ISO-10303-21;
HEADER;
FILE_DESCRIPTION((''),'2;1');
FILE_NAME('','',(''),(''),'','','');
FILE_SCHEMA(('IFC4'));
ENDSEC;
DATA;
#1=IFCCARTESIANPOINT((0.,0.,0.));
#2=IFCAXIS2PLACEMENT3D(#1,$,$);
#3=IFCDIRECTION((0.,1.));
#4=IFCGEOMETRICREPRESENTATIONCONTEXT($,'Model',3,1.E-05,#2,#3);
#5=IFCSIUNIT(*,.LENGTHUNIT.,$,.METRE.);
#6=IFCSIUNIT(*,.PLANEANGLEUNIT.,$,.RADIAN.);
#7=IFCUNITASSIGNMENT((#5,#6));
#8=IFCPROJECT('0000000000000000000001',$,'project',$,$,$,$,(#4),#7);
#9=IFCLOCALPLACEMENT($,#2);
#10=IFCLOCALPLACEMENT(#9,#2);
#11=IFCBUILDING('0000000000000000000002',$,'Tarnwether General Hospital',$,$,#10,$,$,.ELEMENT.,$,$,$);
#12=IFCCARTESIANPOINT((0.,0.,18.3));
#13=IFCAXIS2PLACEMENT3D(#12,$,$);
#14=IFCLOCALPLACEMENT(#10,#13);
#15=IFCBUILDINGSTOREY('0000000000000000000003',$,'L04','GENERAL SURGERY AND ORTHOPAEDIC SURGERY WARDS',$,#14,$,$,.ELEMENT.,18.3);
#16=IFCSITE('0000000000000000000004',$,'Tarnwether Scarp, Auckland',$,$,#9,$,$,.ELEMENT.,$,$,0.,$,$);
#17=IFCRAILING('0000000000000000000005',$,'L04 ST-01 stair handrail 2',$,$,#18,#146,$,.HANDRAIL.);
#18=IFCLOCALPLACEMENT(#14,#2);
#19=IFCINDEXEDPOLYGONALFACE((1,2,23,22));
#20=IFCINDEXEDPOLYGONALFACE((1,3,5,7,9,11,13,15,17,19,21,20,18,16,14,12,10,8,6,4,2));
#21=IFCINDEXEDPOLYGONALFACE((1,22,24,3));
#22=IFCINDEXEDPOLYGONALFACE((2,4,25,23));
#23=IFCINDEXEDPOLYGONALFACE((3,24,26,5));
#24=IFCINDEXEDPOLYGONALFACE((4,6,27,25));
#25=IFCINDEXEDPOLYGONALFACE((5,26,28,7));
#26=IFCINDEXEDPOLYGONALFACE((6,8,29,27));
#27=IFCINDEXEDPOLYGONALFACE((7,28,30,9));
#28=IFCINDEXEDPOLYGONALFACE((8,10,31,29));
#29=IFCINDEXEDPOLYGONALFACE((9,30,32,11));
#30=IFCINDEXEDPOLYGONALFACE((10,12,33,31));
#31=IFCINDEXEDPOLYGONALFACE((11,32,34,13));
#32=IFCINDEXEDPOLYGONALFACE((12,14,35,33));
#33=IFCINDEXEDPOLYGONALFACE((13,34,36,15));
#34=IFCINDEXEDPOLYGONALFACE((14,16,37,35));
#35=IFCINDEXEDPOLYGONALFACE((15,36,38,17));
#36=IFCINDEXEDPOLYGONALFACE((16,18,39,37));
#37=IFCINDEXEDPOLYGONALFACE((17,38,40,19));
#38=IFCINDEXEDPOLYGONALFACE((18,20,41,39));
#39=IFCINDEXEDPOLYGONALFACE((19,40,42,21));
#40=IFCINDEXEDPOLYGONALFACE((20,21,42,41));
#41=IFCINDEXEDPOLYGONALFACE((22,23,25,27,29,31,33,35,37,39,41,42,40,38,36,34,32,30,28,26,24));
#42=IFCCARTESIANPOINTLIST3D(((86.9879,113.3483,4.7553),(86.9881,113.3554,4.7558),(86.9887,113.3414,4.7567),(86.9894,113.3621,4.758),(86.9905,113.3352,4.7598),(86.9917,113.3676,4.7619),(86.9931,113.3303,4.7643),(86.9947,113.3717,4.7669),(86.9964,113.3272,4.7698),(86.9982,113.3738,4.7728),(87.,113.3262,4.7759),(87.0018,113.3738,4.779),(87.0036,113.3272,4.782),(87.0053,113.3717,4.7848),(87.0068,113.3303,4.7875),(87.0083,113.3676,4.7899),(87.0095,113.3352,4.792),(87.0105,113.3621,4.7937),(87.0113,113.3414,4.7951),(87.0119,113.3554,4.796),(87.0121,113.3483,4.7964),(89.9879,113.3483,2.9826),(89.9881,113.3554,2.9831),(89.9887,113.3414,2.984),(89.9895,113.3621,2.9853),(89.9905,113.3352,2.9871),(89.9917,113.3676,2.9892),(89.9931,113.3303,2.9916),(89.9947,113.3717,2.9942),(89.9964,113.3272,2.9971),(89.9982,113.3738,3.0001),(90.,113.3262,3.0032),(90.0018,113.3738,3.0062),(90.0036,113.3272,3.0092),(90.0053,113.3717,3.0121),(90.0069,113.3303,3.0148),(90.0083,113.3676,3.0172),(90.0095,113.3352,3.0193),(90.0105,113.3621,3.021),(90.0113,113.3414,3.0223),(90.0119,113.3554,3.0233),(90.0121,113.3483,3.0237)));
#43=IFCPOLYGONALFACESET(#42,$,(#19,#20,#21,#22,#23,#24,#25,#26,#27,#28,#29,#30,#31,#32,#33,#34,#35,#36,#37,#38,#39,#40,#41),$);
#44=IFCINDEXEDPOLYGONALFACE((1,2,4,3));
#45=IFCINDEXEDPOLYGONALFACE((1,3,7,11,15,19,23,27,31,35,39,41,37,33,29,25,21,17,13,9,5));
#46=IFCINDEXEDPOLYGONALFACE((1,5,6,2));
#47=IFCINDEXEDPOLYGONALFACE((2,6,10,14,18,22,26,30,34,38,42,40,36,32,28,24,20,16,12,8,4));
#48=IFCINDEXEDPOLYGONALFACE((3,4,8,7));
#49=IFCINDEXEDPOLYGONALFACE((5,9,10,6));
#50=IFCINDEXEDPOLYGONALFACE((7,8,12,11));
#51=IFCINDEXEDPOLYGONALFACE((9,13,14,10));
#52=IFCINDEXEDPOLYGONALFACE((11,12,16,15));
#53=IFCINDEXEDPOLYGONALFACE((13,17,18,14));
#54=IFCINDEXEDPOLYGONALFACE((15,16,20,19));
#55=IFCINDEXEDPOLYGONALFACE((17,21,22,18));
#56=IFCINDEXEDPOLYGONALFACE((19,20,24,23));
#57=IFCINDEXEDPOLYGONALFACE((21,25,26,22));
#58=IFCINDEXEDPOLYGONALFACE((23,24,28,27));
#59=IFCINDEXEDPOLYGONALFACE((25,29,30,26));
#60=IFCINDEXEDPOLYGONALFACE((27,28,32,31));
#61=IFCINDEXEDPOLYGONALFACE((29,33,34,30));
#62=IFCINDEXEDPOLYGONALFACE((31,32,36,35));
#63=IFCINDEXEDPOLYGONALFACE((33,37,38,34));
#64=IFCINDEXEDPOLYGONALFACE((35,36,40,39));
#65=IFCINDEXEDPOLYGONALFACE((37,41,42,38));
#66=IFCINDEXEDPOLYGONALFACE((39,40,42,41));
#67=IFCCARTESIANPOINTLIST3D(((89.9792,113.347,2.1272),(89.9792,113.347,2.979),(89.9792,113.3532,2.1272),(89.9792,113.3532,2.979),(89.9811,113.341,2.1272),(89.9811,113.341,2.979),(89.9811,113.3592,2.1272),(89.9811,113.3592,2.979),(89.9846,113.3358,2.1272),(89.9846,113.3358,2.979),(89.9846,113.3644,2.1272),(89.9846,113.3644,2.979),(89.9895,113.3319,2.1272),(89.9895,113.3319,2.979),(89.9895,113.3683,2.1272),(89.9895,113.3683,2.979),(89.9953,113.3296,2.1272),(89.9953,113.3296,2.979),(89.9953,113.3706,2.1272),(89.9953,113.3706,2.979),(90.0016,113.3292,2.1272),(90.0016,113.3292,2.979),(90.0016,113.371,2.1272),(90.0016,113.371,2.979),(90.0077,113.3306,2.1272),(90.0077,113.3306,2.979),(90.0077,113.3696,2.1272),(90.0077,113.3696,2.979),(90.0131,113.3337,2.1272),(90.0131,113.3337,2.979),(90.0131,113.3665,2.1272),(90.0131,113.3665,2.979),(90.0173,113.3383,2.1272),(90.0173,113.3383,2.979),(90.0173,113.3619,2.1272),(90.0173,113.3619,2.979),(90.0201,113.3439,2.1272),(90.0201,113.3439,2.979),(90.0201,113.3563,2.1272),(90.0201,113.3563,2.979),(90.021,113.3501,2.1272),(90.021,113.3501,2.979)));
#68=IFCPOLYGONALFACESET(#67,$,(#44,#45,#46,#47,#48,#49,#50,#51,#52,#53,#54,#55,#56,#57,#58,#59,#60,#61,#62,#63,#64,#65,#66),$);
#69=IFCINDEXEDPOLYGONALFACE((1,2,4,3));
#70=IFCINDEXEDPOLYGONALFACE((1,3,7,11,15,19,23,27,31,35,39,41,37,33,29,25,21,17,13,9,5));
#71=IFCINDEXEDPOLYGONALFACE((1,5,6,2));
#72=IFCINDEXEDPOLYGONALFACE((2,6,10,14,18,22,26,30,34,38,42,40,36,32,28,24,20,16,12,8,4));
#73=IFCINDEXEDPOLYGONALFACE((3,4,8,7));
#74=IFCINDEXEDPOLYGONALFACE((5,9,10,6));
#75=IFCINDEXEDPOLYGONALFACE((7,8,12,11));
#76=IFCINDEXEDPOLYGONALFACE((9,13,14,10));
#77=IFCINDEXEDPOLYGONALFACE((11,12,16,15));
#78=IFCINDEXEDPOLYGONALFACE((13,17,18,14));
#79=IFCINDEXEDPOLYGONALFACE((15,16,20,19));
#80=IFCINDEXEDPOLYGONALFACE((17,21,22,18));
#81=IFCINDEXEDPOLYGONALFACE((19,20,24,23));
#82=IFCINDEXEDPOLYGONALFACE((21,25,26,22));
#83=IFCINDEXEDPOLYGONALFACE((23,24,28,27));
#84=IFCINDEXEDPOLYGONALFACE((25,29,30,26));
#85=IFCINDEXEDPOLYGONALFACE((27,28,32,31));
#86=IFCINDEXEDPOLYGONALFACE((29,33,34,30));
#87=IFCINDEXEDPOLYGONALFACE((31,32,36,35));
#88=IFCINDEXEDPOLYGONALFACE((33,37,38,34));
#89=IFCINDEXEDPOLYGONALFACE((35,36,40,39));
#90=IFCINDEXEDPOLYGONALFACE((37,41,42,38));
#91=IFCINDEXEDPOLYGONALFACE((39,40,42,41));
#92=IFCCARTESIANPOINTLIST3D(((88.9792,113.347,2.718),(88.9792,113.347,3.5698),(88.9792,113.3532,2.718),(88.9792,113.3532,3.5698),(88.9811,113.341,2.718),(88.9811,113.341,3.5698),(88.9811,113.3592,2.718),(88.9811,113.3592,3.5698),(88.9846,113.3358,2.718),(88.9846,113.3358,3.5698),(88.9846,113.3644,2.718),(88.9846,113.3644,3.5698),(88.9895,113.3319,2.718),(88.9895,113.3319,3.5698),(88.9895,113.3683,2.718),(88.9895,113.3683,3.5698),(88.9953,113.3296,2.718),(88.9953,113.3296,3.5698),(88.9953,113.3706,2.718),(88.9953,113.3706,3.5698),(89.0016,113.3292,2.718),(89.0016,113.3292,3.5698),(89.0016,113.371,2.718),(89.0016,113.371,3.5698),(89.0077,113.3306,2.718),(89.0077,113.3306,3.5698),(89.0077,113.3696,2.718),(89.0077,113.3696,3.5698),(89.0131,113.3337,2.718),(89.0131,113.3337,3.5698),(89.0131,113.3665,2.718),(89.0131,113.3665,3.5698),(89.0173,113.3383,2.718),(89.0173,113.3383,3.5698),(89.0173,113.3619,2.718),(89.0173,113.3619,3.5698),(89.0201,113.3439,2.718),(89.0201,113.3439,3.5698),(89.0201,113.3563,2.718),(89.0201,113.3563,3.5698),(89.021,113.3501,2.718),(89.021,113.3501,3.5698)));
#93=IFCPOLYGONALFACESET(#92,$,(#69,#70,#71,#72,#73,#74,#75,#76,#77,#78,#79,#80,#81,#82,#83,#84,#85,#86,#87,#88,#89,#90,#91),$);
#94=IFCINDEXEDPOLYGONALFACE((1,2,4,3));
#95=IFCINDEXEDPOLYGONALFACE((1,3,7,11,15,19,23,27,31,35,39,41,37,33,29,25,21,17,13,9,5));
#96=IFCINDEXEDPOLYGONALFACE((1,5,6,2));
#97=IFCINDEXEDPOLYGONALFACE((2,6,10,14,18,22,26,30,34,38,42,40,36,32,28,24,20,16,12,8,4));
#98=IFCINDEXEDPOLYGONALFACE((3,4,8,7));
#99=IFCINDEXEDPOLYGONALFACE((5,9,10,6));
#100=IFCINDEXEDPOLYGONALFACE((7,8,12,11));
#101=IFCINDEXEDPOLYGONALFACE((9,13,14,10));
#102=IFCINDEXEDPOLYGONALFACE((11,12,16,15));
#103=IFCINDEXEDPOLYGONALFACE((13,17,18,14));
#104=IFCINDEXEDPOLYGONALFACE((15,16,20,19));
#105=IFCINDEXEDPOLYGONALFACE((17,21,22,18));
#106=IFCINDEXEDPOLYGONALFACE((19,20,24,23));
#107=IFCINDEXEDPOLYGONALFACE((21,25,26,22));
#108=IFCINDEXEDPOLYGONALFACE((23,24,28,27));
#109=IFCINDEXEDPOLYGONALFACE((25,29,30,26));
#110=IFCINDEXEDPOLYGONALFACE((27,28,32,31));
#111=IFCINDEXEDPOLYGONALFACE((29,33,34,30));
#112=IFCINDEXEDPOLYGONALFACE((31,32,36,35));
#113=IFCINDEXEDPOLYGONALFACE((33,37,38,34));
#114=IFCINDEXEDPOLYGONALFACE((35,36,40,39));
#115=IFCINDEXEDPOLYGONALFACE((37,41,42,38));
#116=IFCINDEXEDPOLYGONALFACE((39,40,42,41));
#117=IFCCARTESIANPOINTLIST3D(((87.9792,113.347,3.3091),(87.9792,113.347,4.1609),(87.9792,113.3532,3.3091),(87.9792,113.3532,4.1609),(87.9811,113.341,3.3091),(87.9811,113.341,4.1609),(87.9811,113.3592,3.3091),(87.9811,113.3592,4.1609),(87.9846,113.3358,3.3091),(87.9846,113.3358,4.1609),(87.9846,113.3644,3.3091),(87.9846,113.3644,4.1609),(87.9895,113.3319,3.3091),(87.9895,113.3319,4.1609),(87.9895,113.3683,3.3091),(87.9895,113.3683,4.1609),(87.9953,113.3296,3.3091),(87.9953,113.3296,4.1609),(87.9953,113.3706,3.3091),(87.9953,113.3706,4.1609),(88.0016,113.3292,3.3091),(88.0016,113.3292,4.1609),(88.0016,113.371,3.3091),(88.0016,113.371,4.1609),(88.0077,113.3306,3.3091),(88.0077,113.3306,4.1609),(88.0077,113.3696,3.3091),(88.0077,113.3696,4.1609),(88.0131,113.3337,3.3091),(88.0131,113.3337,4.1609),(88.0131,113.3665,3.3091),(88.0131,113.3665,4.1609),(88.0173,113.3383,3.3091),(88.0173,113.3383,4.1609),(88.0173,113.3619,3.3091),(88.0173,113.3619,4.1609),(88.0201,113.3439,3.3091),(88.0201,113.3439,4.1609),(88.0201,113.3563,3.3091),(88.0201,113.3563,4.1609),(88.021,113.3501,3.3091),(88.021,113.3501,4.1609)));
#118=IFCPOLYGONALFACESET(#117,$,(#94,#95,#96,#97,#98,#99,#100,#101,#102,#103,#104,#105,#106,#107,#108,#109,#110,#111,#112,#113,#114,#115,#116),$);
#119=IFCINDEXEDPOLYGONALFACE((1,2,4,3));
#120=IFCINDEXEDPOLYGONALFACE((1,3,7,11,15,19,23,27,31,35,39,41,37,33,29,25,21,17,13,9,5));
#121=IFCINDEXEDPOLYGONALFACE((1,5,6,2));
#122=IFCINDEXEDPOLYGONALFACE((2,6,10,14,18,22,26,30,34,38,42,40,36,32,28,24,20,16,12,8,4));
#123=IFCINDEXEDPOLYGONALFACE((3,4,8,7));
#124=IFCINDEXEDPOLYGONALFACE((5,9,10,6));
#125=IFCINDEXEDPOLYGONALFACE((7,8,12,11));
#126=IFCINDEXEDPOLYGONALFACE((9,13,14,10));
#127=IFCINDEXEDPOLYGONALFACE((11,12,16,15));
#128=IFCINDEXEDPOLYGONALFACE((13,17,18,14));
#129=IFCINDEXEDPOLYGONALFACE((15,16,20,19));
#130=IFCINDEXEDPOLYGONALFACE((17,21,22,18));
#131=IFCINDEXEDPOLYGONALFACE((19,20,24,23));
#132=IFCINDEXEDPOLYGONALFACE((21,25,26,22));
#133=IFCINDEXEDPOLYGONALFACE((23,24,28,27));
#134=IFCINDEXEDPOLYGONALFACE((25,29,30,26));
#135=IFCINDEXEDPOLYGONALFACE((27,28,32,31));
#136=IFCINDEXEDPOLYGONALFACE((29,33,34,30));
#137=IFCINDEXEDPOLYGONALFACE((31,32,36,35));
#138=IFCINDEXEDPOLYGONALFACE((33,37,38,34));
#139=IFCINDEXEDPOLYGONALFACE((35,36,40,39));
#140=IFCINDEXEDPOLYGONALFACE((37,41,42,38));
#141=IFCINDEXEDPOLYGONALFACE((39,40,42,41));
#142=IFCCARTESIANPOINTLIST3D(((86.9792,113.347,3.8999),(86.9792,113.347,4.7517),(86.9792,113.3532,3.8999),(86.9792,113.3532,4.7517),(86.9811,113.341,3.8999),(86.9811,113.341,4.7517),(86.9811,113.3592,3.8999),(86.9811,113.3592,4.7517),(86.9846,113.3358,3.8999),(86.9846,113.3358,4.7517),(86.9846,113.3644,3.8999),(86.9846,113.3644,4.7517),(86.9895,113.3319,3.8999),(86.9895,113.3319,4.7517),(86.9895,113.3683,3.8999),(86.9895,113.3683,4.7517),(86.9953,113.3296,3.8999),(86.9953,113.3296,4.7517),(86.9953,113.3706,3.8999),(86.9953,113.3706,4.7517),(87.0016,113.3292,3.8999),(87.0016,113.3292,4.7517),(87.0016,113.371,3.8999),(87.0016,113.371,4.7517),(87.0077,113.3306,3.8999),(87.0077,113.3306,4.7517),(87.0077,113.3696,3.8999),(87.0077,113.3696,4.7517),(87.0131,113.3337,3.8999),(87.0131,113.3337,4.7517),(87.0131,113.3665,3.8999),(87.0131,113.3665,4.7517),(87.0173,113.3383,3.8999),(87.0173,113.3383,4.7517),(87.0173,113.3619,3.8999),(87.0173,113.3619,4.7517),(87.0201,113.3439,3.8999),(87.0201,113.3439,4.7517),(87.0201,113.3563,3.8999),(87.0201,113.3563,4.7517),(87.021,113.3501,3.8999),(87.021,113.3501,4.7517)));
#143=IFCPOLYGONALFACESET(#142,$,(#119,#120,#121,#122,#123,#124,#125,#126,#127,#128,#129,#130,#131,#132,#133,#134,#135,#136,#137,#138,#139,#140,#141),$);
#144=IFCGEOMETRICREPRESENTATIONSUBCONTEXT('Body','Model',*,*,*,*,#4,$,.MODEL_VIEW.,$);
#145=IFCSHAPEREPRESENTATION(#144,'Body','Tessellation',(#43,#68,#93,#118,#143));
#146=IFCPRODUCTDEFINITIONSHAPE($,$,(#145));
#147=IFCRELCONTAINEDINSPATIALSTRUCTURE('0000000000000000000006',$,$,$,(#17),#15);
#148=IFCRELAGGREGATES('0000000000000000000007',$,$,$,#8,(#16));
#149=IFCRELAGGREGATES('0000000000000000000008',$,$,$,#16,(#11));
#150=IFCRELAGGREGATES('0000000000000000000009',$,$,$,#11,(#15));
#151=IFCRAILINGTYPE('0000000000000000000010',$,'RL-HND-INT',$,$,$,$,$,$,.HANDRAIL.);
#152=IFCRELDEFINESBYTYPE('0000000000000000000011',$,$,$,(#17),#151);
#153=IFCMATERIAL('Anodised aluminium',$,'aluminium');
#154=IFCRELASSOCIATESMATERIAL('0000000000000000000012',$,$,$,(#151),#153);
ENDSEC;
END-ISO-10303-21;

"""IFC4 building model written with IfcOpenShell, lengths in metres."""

from ifc_helpers import new_model, si_unit, direction, frame, origin, origin_2d, place, context, subcontext, project, spatial, circle, extrude, material, type_object, element, save


model = new_model("IFC4")

# Units and contexts
model_context = context("Model", 3, precision=1e-05, world=origin(), true_north=direction((0.0, 1.0)))
body_context = subcontext(model_context, "Body", "Model", "MODEL_VIEW")
ifc_project = project(units=[si_unit("LENGTHUNIT", "METRE"), si_unit("PLANEANGLEUNIT", "RADIAN")], contexts=[model_context])

# Site, building, storey
site_placement = place(None, origin())
site = spatial("IfcSite", under=ifc_project, at=site_placement, Name="Tarnwether Scarp, Auckland", CompositionType="ELEMENT", RefElevation=0.0)
building_placement = place(site_placement, origin())
building = spatial("IfcBuilding", under=site, at=building_placement, Name="Tarnwether General Hospital", CompositionType="ELEMENT")
storey_placement = place(building_placement, frame((0.0, 0.0, 18.3)))
storey = spatial("IfcBuildingStorey", under=building, at=storey_placement, Name="L04", Description="GENERAL SURGERY AND ORTHOPAEDIC SURGERY WARDS", CompositionType="ELEMENT", Elevation=18.3)

# Railing
ifc_material_1 = material(Name="Anodised aluminium", Category="aluminium")
railing_type_1 = type_object("IfcRailingType", Name="RL-HND-INT", PredefinedType="HANDRAIL", material=ifc_material_1)
railing_1_placement = place(storey_placement, frame((90.0, 113.3501, 2.1272)))
element("IfcRailing", 1, at=railing_1_placement, inside=storey, type_object=railing_type_1, Name="L04 ST-01 stair handrail 2", PredefinedType="HANDRAIL", context=body_context, shape_type="SweptSolid", body=[
    extrude(circle(Radius=0.0239, at=origin_2d()), frame((0.0, 0.0, 0.876), z_axis=(-0.860929, 0.0, 0.508725), x_axis=(0.0, -1.0, 0.0)), (0.0, 0.0, 1.0), 3.4846),
    extrude(circle(Radius=0.021, at=origin_2d()), origin(), (0.0, 0.0, 1.0), 0.8518),
    extrude(circle(Radius=0.021, at=origin_2d()), frame((-1.0, 0.0, 0.5908)), (0.0, 0.0, 1.0), 0.8518),
    extrude(circle(Radius=0.021, at=origin_2d()), frame((-2.0, 0.0, 1.1819)), (0.0, 0.0, 1.0), 0.8518),
    extrude(circle(Radius=0.021, at=origin_2d()), frame((-3.0, 0.0, 1.7727)), (0.0, 0.0, 1.0), 0.8518),
])

save(model, "model.ifc")
